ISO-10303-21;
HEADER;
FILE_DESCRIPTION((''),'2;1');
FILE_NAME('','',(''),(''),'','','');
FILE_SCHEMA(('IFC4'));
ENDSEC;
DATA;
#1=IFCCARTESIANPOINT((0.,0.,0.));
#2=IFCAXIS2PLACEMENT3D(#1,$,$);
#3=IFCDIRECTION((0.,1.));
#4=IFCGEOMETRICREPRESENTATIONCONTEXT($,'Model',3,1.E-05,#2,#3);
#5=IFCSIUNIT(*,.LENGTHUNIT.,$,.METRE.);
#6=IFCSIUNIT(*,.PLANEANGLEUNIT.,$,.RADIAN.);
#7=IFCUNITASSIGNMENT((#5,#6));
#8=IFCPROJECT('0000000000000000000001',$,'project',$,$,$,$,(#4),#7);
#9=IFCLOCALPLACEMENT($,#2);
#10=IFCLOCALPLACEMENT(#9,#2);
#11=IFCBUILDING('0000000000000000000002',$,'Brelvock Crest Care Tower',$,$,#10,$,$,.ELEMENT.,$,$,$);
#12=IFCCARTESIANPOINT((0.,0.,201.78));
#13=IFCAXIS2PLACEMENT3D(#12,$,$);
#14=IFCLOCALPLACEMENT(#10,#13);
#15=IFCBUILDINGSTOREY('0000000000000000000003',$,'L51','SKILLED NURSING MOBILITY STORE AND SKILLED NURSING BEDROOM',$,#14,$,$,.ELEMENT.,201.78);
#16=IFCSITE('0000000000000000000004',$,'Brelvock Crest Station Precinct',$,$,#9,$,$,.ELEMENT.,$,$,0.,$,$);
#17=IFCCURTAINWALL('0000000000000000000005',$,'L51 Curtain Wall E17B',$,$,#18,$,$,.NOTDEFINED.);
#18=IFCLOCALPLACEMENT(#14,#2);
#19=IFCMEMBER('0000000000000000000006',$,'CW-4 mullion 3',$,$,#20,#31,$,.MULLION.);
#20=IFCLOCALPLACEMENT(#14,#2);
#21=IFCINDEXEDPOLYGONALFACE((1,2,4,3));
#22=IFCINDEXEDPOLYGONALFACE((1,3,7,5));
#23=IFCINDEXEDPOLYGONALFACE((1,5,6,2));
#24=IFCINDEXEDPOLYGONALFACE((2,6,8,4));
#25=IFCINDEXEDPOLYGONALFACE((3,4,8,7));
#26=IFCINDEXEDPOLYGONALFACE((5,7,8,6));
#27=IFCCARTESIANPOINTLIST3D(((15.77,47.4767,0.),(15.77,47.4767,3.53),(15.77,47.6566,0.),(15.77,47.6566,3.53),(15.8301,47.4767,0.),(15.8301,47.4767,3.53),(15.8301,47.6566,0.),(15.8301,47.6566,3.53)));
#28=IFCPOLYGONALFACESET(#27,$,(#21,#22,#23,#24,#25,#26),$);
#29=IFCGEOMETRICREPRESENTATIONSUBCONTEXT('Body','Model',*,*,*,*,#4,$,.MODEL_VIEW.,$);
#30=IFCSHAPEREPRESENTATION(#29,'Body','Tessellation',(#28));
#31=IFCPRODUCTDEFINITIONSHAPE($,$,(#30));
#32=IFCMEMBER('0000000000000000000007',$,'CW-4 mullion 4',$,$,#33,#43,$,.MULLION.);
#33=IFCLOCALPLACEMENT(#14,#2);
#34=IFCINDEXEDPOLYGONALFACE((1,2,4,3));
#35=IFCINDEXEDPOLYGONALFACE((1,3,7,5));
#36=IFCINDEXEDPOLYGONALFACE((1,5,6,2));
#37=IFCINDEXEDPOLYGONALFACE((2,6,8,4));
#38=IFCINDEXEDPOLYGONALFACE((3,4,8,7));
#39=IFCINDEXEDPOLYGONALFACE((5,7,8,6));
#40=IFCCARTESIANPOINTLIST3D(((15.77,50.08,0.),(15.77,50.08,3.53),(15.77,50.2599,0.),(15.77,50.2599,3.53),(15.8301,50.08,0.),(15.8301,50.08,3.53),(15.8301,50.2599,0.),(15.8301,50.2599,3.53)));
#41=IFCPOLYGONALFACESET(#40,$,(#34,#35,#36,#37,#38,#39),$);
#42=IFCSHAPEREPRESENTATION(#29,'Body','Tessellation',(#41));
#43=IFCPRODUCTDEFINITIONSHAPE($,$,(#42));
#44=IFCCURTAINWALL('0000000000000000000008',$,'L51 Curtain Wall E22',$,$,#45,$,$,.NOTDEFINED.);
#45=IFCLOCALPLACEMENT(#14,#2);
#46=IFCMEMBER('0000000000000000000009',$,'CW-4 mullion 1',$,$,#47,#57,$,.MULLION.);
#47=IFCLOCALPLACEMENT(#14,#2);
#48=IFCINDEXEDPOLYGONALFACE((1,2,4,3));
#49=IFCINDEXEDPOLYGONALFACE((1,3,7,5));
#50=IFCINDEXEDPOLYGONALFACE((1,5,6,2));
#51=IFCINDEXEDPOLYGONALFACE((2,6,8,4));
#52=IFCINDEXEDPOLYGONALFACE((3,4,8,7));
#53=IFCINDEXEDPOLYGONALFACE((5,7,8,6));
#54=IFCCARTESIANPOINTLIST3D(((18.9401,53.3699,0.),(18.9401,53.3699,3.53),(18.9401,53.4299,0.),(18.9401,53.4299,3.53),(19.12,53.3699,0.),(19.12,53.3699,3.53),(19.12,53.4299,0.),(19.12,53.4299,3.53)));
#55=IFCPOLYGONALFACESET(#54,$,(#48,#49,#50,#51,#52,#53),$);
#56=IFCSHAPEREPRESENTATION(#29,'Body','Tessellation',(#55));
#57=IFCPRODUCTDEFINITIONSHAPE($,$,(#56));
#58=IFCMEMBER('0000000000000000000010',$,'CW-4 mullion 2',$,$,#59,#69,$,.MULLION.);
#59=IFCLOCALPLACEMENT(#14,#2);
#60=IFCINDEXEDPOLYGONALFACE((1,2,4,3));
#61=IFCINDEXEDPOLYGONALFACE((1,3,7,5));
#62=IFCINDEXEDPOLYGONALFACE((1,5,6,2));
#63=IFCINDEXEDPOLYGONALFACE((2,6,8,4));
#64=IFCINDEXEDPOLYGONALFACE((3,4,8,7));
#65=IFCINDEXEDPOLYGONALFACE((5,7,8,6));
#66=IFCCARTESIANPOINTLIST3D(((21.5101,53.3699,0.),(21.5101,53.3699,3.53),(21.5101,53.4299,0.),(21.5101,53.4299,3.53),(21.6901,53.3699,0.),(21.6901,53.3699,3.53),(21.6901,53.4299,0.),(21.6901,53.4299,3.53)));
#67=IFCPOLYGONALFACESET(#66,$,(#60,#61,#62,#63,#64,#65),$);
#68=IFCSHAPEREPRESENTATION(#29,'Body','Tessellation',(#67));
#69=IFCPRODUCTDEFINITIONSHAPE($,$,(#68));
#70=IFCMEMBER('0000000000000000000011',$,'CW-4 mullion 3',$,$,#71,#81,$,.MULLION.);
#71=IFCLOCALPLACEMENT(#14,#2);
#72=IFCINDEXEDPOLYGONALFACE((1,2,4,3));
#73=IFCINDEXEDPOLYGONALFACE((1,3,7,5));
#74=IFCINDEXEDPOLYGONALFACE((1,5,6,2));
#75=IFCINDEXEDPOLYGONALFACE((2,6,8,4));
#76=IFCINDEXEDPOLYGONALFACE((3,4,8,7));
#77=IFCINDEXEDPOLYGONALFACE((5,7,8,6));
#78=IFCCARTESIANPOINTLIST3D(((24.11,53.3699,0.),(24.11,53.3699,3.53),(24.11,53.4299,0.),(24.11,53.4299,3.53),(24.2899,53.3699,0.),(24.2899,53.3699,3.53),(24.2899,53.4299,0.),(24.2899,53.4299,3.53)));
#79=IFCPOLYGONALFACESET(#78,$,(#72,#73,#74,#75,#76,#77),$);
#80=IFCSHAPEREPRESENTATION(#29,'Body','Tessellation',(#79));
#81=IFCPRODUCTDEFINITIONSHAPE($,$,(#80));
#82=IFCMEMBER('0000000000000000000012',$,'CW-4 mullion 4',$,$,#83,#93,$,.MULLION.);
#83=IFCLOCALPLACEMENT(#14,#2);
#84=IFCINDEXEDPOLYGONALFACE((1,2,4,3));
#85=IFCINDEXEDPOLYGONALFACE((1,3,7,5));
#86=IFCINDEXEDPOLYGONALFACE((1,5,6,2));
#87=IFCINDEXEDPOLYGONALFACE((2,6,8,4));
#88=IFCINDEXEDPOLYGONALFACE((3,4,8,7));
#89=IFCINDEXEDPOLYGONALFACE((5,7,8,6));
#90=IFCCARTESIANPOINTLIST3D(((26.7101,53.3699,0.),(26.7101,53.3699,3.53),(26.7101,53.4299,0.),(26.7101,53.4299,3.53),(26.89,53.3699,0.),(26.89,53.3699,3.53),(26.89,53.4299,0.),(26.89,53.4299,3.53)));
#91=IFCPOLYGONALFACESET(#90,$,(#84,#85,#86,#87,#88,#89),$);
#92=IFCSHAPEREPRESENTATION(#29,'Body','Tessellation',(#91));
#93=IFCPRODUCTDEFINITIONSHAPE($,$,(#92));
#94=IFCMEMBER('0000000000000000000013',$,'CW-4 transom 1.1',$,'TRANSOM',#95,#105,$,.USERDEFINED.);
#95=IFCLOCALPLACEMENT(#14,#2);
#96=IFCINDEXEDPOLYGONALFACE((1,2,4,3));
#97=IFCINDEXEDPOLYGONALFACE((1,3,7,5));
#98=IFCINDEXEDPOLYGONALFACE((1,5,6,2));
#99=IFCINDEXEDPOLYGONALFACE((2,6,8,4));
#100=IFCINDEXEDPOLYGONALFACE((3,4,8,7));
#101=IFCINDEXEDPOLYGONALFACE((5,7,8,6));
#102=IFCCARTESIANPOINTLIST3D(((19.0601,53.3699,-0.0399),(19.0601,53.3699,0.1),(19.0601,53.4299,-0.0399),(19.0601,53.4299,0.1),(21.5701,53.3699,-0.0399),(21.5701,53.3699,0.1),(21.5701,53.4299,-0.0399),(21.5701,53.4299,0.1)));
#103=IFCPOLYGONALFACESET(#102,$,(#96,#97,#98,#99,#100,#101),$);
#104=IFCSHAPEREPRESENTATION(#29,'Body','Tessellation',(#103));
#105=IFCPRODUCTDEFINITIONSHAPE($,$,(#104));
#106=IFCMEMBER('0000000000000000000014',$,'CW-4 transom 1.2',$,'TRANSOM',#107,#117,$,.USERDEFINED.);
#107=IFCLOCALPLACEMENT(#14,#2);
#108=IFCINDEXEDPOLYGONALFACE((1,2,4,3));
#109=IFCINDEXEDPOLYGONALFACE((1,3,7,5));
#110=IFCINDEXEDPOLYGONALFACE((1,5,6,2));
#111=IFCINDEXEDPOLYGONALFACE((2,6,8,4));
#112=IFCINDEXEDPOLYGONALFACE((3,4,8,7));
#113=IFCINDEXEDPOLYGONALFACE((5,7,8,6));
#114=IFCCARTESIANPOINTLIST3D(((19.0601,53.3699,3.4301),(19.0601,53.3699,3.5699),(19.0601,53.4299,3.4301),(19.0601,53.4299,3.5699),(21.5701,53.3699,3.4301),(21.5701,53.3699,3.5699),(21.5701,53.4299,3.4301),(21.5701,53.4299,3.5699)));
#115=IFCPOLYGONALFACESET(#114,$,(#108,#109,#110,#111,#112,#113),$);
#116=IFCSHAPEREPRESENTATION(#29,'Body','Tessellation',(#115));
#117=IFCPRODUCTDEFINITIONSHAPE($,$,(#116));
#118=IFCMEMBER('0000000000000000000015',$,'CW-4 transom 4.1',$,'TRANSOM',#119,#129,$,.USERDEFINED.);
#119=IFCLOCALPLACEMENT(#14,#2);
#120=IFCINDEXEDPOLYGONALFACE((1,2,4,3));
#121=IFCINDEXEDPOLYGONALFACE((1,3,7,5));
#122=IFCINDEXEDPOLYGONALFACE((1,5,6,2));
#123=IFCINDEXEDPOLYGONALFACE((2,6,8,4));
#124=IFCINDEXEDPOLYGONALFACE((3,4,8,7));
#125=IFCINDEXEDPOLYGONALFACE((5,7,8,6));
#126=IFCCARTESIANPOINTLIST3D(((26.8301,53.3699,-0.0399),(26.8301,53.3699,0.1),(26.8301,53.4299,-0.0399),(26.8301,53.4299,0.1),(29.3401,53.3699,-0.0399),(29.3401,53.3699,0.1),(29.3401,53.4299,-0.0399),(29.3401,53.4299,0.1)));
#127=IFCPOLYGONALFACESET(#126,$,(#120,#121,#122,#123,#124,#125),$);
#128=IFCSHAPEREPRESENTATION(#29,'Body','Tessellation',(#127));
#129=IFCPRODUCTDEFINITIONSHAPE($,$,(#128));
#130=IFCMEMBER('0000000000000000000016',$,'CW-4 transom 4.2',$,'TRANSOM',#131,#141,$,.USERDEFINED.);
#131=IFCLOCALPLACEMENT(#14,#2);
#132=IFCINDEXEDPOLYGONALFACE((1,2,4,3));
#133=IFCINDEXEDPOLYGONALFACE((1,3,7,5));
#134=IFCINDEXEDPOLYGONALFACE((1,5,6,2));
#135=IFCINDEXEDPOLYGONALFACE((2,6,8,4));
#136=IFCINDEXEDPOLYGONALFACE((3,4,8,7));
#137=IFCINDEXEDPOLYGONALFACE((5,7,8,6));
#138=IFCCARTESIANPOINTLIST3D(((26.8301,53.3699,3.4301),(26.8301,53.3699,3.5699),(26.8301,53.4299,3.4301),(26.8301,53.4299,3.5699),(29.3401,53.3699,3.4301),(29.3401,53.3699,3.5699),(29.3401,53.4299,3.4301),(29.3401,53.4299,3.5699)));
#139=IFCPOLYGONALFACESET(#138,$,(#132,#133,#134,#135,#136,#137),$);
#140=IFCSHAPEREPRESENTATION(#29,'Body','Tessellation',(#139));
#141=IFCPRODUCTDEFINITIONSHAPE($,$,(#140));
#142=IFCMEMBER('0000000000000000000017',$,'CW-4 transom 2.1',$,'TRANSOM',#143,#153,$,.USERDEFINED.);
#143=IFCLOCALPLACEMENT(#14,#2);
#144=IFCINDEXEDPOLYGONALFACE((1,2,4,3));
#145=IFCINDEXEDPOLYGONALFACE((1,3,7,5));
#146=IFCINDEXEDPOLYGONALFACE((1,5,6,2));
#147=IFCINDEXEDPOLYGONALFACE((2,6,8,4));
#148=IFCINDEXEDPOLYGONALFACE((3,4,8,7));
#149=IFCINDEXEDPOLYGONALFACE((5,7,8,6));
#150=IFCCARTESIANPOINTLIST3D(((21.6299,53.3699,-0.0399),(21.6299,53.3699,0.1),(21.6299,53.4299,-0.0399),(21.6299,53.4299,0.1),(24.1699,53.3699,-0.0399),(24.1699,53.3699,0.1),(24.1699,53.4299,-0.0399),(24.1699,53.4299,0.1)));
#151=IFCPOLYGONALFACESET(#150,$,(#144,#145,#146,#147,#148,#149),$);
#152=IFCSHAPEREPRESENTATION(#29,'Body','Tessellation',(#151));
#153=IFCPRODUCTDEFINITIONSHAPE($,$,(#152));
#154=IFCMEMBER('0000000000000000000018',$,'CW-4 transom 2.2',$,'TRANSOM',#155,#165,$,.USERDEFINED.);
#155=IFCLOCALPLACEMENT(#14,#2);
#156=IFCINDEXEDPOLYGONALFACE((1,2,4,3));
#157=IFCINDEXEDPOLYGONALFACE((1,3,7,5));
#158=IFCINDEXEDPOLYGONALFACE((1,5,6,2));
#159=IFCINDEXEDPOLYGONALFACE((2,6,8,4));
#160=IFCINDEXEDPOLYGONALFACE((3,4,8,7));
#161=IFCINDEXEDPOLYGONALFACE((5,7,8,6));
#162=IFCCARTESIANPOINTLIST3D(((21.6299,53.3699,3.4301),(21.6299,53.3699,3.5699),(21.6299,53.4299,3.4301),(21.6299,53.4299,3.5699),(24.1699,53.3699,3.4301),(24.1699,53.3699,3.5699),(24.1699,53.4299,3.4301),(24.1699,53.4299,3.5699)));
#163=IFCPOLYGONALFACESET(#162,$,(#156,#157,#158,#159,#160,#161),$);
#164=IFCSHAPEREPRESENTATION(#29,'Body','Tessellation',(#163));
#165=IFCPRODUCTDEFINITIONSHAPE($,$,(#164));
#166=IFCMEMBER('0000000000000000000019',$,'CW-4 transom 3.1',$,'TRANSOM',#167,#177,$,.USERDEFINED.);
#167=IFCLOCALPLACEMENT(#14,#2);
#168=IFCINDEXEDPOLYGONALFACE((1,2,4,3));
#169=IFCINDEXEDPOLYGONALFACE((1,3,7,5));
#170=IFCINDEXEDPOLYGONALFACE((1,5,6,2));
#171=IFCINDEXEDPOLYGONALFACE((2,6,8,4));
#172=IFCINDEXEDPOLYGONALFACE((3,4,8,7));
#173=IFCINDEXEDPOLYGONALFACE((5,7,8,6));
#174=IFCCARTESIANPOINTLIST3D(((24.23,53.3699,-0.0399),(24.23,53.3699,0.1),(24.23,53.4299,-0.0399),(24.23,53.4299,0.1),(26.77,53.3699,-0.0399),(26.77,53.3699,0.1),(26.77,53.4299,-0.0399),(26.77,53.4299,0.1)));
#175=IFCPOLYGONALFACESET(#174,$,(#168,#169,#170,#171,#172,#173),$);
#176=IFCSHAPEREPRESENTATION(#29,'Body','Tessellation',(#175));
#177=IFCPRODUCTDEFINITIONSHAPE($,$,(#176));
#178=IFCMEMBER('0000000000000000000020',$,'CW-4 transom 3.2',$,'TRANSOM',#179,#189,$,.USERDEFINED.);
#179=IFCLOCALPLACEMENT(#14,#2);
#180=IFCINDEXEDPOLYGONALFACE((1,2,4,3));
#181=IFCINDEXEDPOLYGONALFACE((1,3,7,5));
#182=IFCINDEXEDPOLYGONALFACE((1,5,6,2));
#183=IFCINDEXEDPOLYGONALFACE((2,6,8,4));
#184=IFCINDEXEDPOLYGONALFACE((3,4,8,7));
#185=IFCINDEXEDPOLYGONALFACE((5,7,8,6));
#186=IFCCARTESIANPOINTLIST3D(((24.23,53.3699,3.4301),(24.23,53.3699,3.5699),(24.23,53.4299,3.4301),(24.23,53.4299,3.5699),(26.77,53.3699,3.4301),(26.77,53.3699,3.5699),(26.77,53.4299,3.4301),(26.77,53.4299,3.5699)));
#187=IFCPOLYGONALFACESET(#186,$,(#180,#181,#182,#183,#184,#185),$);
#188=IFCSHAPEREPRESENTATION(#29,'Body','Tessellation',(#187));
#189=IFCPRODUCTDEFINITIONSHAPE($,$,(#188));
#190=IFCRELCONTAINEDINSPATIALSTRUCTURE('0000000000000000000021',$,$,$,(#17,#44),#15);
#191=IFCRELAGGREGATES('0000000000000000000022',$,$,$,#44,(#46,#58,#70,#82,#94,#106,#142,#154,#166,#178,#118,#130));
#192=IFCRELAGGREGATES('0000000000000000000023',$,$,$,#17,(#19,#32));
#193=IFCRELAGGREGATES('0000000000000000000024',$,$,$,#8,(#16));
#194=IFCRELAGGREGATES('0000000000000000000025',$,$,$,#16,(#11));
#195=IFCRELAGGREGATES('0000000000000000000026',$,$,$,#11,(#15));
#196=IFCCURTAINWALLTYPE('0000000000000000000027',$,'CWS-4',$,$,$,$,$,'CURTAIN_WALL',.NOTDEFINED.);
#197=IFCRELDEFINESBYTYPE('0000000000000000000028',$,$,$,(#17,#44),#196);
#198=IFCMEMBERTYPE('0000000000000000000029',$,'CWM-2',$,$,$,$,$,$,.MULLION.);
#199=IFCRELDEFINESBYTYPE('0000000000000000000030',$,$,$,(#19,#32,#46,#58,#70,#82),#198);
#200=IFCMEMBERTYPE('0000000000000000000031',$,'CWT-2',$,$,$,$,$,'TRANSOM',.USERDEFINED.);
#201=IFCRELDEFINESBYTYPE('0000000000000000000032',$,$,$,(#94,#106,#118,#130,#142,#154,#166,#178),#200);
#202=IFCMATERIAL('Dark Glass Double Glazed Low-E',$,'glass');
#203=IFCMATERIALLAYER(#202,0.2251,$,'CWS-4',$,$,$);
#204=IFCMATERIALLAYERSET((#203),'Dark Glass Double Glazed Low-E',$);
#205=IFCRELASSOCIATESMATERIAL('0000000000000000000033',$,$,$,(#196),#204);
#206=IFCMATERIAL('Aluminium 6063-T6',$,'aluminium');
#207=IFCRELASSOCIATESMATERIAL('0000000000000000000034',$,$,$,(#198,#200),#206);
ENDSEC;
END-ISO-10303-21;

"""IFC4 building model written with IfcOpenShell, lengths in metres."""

from ifc_helpers import new_model, si_unit, direction, frame, origin, origin_2d, place, context, subcontext, project, spatial, rectangle, extrude, source, transform, mapped, material, layer, layer_set, material_profile, profile_set, type_object, element, aggregate, save


model = new_model("IFC4")

# Units and contexts
model_context = context("Model", 3, precision=1e-05, world=origin(), true_north=direction((0.0, 1.0)))
body_context = subcontext(model_context, "Body", "Model", "MODEL_VIEW")
ifc_project = project(units=[si_unit("LENGTHUNIT", "METRE"), si_unit("PLANEANGLEUNIT", "RADIAN")], contexts=[model_context])

# Site, building, storey
site_placement = place(None, origin())
site = spatial("IfcSite", under=ifc_project, at=site_placement, Name="Brelvock Crest Station Precinct", CompositionType="ELEMENT", RefElevation=0.0)
building_placement = place(site_placement, origin())
building = spatial("IfcBuilding", under=site, at=building_placement, Name="Brelvock Crest Care Tower", CompositionType="ELEMENT")
storey_placement = place(building_placement, frame((0.0, 0.0, 201.78)))
storey = spatial("IfcBuildingStorey", under=building, at=storey_placement, Name="L51", Description="SKILLED NURSING MOBILITY STORE AND SKILLED NURSING BEDROOM", CompositionType="ELEMENT", Elevation=201.78)

# Curtain walls, members
ifc_material_1 = material(Name="Dark Glass Double Glazed Low-E", Category="glass")
ifc_layer_1 = layer(ifc_material_1, 0.2251, Name="CWS-4")
ifc_layer_set_1 = layer_set([ifc_layer_1], Name="Dark Glass Double Glazed Low-E")
curtain_wall_type = type_object("IfcCurtainWallType", Name="CWS-4", ElementType="CURTAIN_WALL", PredefinedType="NOTDEFINED", material=ifc_layer_set_1)
curtain_wall_1_placement = place(storey_placement, origin())
curtain_wall_1 = element("IfcCurtainWall", 1, at=curtain_wall_1_placement, inside=storey, type_object=curtain_wall_type, Name="L51 Curtain Wall E17B", PredefinedType="NOTDEFINED")
ifc_material_2 = material(Name="Aluminium 6063-T6", Category="aluminium")
ifc_material_profile_1 = material_profile(ifc_material_2, rectangle(XDim=0.0601, YDim=0.1799, at=origin_2d()), Name="ALU60x180")
ifc_profile_set_1 = profile_set([ifc_material_profile_1], Name="Aluminium 6063-T6")
member_type_1 = type_object("IfcMemberType", Name="CWM-2", PredefinedType="MULLION", material=ifc_profile_set_1)
shared_shape_1 = source(origin(), body_context, "Body", "SweptSolid", [
    extrude(rectangle(XDim=0.0601, YDim=0.1799, at=origin_2d()), origin(), (0.0, 0.0, 1.0), 3.53),
])
member_1_placement = place(storey_placement, frame((15.8, 47.5667, 0.0), z_axis=(0.0, 0.0, 1.0), x_axis=(-1.0, 0.0, 0.0)))
member_1 = element("IfcMember", 2, at=member_1_placement, type_object=member_type_1, Name="CW-4 mullion 3", PredefinedType="MULLION", context=body_context, shape_type="MappedRepresentation", body=[
    mapped(shared_shape_1, transform((0.0, 0.0, 0.0), x_axis=(1.0, 0.0, 0.0), y_axis=(0.0, 1.0, 0.0), z_axis=(0.0, 0.0, 1.0), scale=1.0)),
])
member_2_placement = place(storey_placement, frame((15.8, 50.1699, 0.0), z_axis=(0.0, 0.0, 1.0), x_axis=(-1.0, 0.0, 0.0)))
member_2 = element("IfcMember", 3, at=member_2_placement, type_object=member_type_1, Name="CW-4 mullion 4", PredefinedType="MULLION", context=body_context, shape_type="MappedRepresentation", body=[
    mapped(shared_shape_1, transform((0.0, 0.0, 0.0), x_axis=(1.0, 0.0, 0.0), y_axis=(0.0, 1.0, 0.0), z_axis=(0.0, 0.0, 1.0), scale=1.0)),
])
curtain_wall_2_placement = place(storey_placement, origin())
curtain_wall_2 = element("IfcCurtainWall", 4, at=curtain_wall_2_placement, inside=storey, type_object=curtain_wall_type, Name="L51 Curtain Wall E22", PredefinedType="NOTDEFINED")
member_3_placement = place(storey_placement, frame((19.03, 53.3999, 0.0), z_axis=(0.0, 0.0, 1.0), x_axis=(0.0, 1.0, 0.0)))
member_3 = element("IfcMember", 5, at=member_3_placement, type_object=member_type_1, Name="CW-4 mullion 1", PredefinedType="MULLION", context=body_context, shape_type="MappedRepresentation", body=[
    mapped(shared_shape_1, transform((0.0, 0.0, 0.0), x_axis=(1.0, 0.0, 0.0), y_axis=(0.0, 1.0, 0.0), z_axis=(0.0, 0.0, 1.0), scale=1.0)),
])
member_4_placement = place(storey_placement, frame((21.6001, 53.3999, 0.0), z_axis=(0.0, 0.0, 1.0), x_axis=(0.0, 1.0, 0.0)))
member_4 = element("IfcMember", 6, at=member_4_placement, type_object=member_type_1, Name="CW-4 mullion 2", PredefinedType="MULLION", context=body_context, shape_type="MappedRepresentation", body=[
    mapped(shared_shape_1, transform((0.0, 0.0, 0.0), x_axis=(1.0, 0.0, 0.0), y_axis=(0.0, 1.0, 0.0), z_axis=(0.0, 0.0, 1.0), scale=1.0)),
])
member_5_placement = place(storey_placement, frame((24.2, 53.3999, 0.0), z_axis=(0.0, 0.0, 1.0), x_axis=(0.0, 1.0, 0.0)))
member_5 = element("IfcMember", 7, at=member_5_placement, type_object=member_type_1, Name="CW-4 mullion 3", PredefinedType="MULLION", context=body_context, shape_type="MappedRepresentation", body=[
    mapped(shared_shape_1, transform((0.0, 0.0, 0.0), x_axis=(1.0, 0.0, 0.0), y_axis=(0.0, 1.0, 0.0), z_axis=(0.0, 0.0, 1.0), scale=1.0)),
])
member_6_placement = place(storey_placement, frame((26.8, 53.3999, 0.0), z_axis=(0.0, 0.0, 1.0), x_axis=(0.0, 1.0, 0.0)))
member_6 = element("IfcMember", 8, at=member_6_placement, type_object=member_type_1, Name="CW-4 mullion 4", PredefinedType="MULLION", context=body_context, shape_type="MappedRepresentation", body=[
    mapped(shared_shape_1, transform((0.0, 0.0, 0.0), x_axis=(1.0, 0.0, 0.0), y_axis=(0.0, 1.0, 0.0), z_axis=(0.0, 0.0, 1.0), scale=1.0)),
])
ifc_material_profile_2 = material_profile(ifc_material_2, rectangle(XDim=0.0601, YDim=0.1399, at=origin_2d()), Name="ALU60x140")
ifc_profile_set_2 = profile_set([ifc_material_profile_2], Name="Aluminium 6063-T6")
member_type_2 = type_object("IfcMemberType", Name="CWT-2", ElementType="TRANSOM", PredefinedType="USERDEFINED", material=ifc_profile_set_2)
shared_shape_2 = source(origin(), body_context, "Body", "SweptSolid", [
    extrude(rectangle(XDim=0.0601, YDim=0.1399, at=origin_2d()), origin(), (0.0, 0.0, 1.0), 2.51),
])
member_7_placement = place(storey_placement, frame((19.0601, 53.3999, 0.03), z_axis=(1.0, 0.0, 0.0), x_axis=(0.0, 1.0, 0.0)))
member_7 = element("IfcMember", 9, at=member_7_placement, type_object=member_type_2, Name="CW-4 transom 1.1", ObjectType="TRANSOM", PredefinedType="USERDEFINED", context=body_context, shape_type="MappedRepresentation", body=[
    mapped(shared_shape_2, transform((0.0, 0.0, 0.0), x_axis=(1.0, 0.0, 0.0), y_axis=(0.0, 1.0, 0.0), z_axis=(0.0, 0.0, 1.0), scale=1.0)),
])
member_8_placement = place(storey_placement, frame((19.0601, 53.3999, 3.5), z_axis=(1.0, 0.0, 0.0), x_axis=(0.0, 1.0, 0.0)))
member_8 = element("IfcMember", 10, at=member_8_placement, type_object=member_type_2, Name="CW-4 transom 1.2", ObjectType="TRANSOM", PredefinedType="USERDEFINED", context=body_context, shape_type="MappedRepresentation", body=[
    mapped(shared_shape_2, transform((0.0, 0.0, 0.0), x_axis=(1.0, 0.0, 0.0), y_axis=(0.0, 1.0, 0.0), z_axis=(0.0, 0.0, 1.0), scale=1.0)),
])
member_9_placement = place(storey_placement, frame((26.8301, 53.3999, 0.03), z_axis=(1.0, 0.0, 0.0), x_axis=(0.0, 1.0, 0.0)))
member_9 = element("IfcMember", 11, at=member_9_placement, type_object=member_type_2, Name="CW-4 transom 4.1", ObjectType="TRANSOM", PredefinedType="USERDEFINED", context=body_context, shape_type="MappedRepresentation", body=[
    mapped(shared_shape_2, transform((0.0, 0.0, 0.0), x_axis=(1.0, 0.0, 0.0), y_axis=(0.0, 1.0, 0.0), z_axis=(0.0, 0.0, 1.0), scale=1.0)),
])
member_10_placement = place(storey_placement, frame((26.8301, 53.3999, 3.5), z_axis=(1.0, 0.0, 0.0), x_axis=(0.0, 1.0, 0.0)))
member_10 = element("IfcMember", 12, at=member_10_placement, type_object=member_type_2, Name="CW-4 transom 4.2", ObjectType="TRANSOM", PredefinedType="USERDEFINED", context=body_context, shape_type="MappedRepresentation", body=[
    mapped(shared_shape_2, transform((0.0, 0.0, 0.0), x_axis=(1.0, 0.0, 0.0), y_axis=(0.0, 1.0, 0.0), z_axis=(0.0, 0.0, 1.0), scale=1.0)),
])
shared_shape_3 = source(origin(), body_context, "Body", "SweptSolid", [
    extrude(rectangle(XDim=0.0601, YDim=0.1399, at=origin_2d()), origin(), (0.0, 0.0, 1.0), 2.54),
])
member_11_placement = place(storey_placement, frame((21.6299, 53.3999, 0.03), z_axis=(1.0, 0.0, 0.0), x_axis=(0.0, 1.0, 0.0)))
member_11 = element("IfcMember", 13, at=member_11_placement, type_object=member_type_2, Name="CW-4 transom 2.1", ObjectType="TRANSOM", PredefinedType="USERDEFINED", context=body_context, shape_type="MappedRepresentation", body=[
    mapped(shared_shape_3, transform((0.0, 0.0, 0.0), x_axis=(1.0, 0.0, 0.0), y_axis=(0.0, 1.0, 0.0), z_axis=(0.0, 0.0, 1.0), scale=1.0)),
])
member_12_placement = place(storey_placement, frame((21.6299, 53.3999, 3.5), z_axis=(1.0, 0.0, 0.0), x_axis=(0.0, 1.0, 0.0)))
member_12 = element("IfcMember", 14, at=member_12_placement, type_object=member_type_2, Name="CW-4 transom 2.2", ObjectType="TRANSOM", PredefinedType="USERDEFINED", context=body_context, shape_type="MappedRepresentation", body=[
    mapped(shared_shape_3, transform((0.0, 0.0, 0.0), x_axis=(1.0, 0.0, 0.0), y_axis=(0.0, 1.0, 0.0), z_axis=(0.0, 0.0, 1.0), scale=1.0)),
])
member_13_placement = place(storey_placement, frame((24.23, 53.3999, 0.03), z_axis=(1.0, 0.0, 0.0), x_axis=(0.0, 1.0, 0.0)))
member_13 = element("IfcMember", 15, at=member_13_placement, type_object=member_type_2, Name="CW-4 transom 3.1", ObjectType="TRANSOM", PredefinedType="USERDEFINED", context=body_context, shape_type="MappedRepresentation", body=[
    mapped(shared_shape_3, transform((0.0, 0.0, 0.0), x_axis=(1.0, 0.0, 0.0), y_axis=(0.0, 1.0, 0.0), z_axis=(0.0, 0.0, 1.0), scale=1.0)),
])
member_14_placement = place(storey_placement, frame((24.23, 53.3999, 3.5), z_axis=(1.0, 0.0, 0.0), x_axis=(0.0, 1.0, 0.0)))
member_14 = element("IfcMember", 16, at=member_14_placement, type_object=member_type_2, Name="CW-4 transom 3.2", ObjectType="TRANSOM", PredefinedType="USERDEFINED", context=body_context, shape_type="MappedRepresentation", body=[
    mapped(shared_shape_3, transform((0.0, 0.0, 0.0), x_axis=(1.0, 0.0, 0.0), y_axis=(0.0, 1.0, 0.0), z_axis=(0.0, 0.0, 1.0), scale=1.0)),
])

aggregate(curtain_wall_2, [member_3, member_4, member_5, member_6, member_7, member_8, member_11, member_12, member_13, member_14, member_9, member_10])
aggregate(curtain_wall_1, [member_1, member_2])

save(model, "model.ifc")
